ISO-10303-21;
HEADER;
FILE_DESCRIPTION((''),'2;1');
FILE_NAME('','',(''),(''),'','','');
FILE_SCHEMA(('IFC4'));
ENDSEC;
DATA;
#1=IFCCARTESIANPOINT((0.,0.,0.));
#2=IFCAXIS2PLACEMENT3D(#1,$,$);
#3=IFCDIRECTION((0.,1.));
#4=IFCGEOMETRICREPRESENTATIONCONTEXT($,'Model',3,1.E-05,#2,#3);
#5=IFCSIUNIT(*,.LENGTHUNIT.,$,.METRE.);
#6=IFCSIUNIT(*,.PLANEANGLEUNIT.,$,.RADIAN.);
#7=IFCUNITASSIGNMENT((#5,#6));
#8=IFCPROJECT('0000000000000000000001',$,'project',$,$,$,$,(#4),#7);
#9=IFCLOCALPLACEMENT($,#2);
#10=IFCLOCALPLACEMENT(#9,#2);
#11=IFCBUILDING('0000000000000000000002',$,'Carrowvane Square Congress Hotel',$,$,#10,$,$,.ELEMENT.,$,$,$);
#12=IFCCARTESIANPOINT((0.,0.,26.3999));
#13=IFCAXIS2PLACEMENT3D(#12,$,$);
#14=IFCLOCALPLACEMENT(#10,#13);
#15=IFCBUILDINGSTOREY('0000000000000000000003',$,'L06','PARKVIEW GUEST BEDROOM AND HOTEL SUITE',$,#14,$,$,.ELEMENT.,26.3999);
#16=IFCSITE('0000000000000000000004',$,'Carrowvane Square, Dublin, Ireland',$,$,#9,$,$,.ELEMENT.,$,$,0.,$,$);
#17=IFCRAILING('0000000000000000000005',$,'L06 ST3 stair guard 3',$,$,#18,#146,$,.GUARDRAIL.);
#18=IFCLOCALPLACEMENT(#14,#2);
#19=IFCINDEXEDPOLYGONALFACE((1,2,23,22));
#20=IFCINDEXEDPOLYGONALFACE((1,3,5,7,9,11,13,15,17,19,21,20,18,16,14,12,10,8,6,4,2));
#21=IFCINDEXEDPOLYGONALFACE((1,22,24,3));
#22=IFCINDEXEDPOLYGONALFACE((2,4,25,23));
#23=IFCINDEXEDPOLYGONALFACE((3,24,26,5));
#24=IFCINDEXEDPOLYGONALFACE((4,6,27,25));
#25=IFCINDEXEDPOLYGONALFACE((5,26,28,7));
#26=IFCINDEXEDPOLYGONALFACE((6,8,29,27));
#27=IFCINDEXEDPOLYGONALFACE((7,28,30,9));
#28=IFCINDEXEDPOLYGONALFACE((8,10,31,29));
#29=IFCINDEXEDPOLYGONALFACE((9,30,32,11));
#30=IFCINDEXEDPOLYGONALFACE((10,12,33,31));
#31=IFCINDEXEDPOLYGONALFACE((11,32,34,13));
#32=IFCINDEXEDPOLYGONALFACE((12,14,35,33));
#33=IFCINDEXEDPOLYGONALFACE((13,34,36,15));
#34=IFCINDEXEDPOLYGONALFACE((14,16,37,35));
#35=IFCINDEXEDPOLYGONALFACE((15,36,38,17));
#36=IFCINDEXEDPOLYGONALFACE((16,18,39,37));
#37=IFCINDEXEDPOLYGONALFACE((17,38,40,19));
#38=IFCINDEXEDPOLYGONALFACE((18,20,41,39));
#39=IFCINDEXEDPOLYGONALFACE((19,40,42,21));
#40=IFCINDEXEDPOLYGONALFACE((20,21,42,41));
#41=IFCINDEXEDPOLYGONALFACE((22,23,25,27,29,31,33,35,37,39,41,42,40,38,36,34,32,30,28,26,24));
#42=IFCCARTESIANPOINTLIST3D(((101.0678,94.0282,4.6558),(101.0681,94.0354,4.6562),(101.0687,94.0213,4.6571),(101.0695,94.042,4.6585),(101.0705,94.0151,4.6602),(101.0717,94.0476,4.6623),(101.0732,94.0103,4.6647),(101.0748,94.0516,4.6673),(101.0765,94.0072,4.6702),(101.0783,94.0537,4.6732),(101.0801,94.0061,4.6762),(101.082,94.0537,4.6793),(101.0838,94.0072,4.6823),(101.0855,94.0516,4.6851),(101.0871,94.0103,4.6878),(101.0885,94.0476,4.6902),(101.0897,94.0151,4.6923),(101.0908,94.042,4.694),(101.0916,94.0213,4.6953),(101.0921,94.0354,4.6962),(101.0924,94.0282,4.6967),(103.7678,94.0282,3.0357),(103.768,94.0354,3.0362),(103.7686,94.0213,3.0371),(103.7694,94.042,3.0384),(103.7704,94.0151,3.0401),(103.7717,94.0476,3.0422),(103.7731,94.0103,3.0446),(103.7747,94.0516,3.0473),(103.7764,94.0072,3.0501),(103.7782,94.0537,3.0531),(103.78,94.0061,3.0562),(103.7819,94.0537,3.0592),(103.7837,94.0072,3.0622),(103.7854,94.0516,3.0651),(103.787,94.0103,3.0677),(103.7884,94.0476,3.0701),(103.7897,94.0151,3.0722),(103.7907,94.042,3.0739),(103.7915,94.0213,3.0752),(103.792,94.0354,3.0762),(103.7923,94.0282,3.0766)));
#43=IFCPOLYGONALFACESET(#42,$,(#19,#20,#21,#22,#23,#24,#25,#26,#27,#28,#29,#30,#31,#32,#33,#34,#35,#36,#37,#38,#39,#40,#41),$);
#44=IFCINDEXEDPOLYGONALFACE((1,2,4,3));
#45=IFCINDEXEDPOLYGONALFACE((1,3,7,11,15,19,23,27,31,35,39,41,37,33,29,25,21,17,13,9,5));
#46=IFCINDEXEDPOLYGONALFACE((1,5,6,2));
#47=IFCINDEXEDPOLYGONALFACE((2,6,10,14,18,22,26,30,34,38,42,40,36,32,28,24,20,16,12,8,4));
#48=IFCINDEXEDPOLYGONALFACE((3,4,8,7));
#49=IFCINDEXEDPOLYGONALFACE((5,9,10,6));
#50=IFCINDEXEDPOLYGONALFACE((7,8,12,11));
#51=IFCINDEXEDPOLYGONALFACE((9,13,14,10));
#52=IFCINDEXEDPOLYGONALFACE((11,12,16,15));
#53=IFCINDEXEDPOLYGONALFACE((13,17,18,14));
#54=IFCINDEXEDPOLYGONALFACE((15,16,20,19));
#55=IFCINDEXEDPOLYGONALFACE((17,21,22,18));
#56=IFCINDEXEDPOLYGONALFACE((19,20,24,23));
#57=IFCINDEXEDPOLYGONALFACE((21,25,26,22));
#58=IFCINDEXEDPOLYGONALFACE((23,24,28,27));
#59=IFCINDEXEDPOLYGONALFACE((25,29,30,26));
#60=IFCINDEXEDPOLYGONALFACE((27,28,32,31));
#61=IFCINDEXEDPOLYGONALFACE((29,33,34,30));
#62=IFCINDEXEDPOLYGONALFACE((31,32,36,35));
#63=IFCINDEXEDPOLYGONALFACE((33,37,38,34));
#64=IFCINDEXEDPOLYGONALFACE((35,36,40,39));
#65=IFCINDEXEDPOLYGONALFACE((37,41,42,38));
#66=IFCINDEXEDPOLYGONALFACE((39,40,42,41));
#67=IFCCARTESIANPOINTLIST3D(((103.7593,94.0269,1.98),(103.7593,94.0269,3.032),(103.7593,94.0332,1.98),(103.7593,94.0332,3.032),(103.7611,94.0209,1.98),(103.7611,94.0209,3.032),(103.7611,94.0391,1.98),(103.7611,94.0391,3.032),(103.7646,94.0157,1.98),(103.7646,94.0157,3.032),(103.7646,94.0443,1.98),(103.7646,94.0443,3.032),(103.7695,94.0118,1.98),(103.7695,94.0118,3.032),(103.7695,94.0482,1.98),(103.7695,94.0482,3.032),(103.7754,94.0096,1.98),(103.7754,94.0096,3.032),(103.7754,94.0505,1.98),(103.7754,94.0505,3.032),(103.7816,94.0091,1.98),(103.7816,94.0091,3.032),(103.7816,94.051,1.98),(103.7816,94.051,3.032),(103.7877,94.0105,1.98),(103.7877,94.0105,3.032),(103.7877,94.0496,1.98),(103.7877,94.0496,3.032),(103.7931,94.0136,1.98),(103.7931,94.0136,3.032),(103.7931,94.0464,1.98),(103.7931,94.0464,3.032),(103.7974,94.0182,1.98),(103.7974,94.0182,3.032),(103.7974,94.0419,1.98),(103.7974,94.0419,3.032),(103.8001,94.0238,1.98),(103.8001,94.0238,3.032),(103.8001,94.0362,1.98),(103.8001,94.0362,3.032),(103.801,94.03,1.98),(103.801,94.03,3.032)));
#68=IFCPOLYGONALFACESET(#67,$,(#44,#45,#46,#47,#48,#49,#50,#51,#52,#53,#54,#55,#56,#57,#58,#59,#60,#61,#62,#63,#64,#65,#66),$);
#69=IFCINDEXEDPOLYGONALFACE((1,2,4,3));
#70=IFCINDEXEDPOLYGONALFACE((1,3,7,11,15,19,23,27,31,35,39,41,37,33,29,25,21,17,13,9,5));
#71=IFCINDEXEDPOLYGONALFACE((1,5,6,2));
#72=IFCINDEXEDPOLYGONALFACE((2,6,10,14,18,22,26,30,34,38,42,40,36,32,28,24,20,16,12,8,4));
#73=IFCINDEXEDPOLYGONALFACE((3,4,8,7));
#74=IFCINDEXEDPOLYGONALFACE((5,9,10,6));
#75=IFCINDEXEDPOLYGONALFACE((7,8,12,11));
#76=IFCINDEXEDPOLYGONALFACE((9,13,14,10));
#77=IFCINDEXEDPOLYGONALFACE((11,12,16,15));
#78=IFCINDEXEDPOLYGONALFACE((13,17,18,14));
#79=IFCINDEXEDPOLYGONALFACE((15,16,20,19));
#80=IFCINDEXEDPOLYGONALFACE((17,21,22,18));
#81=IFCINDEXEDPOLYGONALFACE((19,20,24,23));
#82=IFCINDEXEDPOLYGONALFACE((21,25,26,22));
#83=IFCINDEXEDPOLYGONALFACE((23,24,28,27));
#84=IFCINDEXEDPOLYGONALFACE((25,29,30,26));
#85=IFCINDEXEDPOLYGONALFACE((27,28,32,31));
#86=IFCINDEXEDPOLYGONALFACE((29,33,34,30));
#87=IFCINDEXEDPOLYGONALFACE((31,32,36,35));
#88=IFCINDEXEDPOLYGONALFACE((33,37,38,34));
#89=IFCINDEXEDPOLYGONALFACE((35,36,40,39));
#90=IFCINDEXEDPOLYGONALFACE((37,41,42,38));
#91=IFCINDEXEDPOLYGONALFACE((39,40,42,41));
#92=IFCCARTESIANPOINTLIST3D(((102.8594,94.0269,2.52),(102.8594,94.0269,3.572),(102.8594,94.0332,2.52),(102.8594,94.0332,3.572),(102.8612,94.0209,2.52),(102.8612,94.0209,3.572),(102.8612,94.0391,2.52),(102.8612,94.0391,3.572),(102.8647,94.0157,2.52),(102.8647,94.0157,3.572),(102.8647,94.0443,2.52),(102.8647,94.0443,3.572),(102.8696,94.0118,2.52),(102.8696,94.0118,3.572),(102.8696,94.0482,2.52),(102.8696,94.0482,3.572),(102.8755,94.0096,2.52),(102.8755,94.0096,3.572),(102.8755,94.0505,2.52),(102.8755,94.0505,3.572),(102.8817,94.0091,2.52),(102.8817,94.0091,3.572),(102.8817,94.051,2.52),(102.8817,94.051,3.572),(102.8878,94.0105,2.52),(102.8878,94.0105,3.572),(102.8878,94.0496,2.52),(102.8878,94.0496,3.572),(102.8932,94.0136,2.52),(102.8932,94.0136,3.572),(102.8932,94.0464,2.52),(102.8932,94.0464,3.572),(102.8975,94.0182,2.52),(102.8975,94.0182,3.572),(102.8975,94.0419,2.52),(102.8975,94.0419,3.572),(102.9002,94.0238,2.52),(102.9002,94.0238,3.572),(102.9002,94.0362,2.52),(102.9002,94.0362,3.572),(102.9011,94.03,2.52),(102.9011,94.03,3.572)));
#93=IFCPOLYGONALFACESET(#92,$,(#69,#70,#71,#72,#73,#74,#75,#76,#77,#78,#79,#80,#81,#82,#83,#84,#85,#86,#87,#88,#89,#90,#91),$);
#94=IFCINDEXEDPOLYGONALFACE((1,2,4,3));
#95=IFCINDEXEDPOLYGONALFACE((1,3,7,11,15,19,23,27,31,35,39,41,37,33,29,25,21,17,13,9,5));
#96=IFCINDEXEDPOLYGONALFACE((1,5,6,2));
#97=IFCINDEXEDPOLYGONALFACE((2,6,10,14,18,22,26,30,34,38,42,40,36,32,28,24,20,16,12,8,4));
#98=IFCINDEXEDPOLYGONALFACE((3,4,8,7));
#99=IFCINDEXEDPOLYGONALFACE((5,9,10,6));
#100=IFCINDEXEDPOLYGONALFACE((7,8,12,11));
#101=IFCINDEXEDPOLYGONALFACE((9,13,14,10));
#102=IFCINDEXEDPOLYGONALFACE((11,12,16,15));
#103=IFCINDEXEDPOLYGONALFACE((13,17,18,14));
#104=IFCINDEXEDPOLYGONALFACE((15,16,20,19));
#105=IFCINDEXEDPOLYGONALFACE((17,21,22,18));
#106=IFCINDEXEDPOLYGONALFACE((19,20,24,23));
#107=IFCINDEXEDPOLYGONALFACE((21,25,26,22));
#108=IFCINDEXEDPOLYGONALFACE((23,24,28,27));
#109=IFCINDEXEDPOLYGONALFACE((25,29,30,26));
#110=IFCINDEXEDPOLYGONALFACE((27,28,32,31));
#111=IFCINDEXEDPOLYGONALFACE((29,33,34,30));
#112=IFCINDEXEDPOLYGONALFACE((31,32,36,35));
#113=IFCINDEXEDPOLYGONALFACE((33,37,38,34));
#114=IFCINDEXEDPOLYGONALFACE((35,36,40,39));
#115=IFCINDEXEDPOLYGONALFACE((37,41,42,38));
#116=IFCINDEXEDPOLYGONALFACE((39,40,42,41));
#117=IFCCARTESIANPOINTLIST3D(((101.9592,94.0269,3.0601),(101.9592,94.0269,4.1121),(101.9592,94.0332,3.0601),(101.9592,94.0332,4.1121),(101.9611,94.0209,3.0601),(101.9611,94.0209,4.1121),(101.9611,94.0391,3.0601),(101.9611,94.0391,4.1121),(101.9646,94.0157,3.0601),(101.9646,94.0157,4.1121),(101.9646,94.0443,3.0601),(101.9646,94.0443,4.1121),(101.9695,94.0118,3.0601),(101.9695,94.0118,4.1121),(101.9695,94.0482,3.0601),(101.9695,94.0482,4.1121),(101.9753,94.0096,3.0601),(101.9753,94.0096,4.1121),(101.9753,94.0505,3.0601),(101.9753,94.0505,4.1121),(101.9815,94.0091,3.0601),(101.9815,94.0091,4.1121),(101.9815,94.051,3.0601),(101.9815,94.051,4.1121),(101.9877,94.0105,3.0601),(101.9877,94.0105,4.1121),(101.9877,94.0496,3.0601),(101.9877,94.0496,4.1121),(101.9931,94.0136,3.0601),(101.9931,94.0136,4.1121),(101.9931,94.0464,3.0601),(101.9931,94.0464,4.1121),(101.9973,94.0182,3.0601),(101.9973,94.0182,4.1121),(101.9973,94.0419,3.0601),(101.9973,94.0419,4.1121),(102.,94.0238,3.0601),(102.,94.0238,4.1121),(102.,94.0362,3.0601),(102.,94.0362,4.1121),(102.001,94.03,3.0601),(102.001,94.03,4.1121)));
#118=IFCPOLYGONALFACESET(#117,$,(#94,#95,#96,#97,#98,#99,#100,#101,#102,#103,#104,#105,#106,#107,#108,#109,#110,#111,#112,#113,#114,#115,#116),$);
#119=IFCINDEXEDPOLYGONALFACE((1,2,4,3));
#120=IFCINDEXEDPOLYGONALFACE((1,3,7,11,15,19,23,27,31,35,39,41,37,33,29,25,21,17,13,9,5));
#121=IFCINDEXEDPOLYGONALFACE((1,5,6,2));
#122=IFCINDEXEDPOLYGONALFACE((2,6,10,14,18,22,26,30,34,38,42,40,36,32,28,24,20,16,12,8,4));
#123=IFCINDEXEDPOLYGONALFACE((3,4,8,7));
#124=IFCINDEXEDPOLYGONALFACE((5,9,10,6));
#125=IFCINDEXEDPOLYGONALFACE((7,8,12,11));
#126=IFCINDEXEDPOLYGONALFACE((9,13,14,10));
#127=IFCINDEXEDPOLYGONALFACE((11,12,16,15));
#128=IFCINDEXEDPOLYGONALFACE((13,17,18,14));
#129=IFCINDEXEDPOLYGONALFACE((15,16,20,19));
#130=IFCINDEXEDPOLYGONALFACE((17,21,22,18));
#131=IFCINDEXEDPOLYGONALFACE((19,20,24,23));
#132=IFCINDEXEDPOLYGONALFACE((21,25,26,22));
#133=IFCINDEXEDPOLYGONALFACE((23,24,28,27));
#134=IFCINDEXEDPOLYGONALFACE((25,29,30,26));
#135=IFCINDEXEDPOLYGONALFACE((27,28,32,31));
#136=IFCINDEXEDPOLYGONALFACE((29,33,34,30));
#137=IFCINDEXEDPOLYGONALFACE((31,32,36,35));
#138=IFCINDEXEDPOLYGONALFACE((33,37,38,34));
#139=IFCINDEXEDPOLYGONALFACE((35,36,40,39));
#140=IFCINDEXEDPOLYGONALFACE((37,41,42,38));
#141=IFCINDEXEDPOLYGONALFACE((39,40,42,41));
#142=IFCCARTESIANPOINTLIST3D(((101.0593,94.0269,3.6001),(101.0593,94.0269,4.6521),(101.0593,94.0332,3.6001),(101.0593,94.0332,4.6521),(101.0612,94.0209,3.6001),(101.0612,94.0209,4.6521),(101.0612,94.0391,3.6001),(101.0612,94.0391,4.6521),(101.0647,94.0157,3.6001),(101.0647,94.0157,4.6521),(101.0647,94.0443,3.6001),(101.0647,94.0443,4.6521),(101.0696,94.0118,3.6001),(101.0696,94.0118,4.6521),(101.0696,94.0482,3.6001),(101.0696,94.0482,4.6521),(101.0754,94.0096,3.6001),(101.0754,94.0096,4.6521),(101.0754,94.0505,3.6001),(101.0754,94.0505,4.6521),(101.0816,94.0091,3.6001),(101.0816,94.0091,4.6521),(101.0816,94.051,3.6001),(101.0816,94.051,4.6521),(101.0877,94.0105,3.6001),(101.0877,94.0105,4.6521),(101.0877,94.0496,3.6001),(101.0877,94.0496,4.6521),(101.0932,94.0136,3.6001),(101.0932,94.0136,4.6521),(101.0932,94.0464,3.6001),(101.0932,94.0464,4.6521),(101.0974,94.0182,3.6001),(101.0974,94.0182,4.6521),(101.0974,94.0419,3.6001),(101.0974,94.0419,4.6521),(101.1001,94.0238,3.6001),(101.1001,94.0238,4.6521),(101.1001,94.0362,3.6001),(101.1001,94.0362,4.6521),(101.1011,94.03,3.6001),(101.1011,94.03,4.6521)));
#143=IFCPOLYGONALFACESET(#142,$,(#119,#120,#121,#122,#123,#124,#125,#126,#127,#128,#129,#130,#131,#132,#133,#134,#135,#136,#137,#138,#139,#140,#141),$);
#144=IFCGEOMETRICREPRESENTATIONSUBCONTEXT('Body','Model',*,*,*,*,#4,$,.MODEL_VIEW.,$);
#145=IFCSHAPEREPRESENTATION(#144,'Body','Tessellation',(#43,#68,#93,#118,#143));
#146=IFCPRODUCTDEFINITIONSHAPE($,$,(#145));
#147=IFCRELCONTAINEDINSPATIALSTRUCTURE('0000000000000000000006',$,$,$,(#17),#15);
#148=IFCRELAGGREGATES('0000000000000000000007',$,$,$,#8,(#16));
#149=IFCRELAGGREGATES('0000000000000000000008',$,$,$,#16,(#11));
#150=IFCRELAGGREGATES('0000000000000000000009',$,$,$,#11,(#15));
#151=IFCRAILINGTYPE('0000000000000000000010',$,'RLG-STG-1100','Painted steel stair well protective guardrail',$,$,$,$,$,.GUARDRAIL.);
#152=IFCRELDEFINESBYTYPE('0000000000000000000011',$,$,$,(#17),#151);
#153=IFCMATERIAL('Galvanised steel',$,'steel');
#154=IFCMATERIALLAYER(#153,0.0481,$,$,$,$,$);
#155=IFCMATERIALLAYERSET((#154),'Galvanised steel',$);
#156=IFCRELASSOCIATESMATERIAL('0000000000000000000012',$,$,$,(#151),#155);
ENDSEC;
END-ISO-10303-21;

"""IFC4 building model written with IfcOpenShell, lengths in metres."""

from ifc_helpers import new_model, si_unit, direction, frame, origin, origin_2d, place, context, subcontext, project, spatial, circle, extrude, material, layer, layer_set, type_object, element, save


model = new_model("IFC4")

# Units and contexts
model_context = context("Model", 3, precision=1e-05, world=origin(), true_north=direction((0.0, 1.0)))
body_context = subcontext(model_context, "Body", "Model", "MODEL_VIEW")
ifc_project = project(units=[si_unit("LENGTHUNIT", "METRE"), si_unit("PLANEANGLEUNIT", "RADIAN")], contexts=[model_context])

# Site, building, storey
site_placement = place(None, origin())
site = spatial("IfcSite", under=ifc_project, at=site_placement, Name="Carrowvane Square, Dublin, Ireland", CompositionType="ELEMENT", RefElevation=0.0)
building_placement = place(site_placement, origin())
building = spatial("IfcBuilding", under=site, at=building_placement, Name="Carrowvane Square Congress Hotel", CompositionType="ELEMENT")
storey_placement = place(building_placement, frame((0.0, 0.0, 26.3999)))
storey = spatial("IfcBuildingStorey", under=building, at=storey_placement, Name="L06", Description="PARKVIEW GUEST BEDROOM AND HOTEL SUITE", CompositionType="ELEMENT", Elevation=26.3999)

# Railing
ifc_material_1 = material(Name="Galvanised steel", Category="steel")
ifc_layer_1 = layer(ifc_material_1, 0.0481)
ifc_layer_set_1 = layer_set([ifc_layer_1], Name="Galvanised steel")
railing_type_1 = type_object("IfcRailingType", Name="RLG-STG-1100", Description="Painted steel stair well protective guardrail", PredefinedType="GUARDRAIL", material=ifc_layer_set_1)
railing_1_placement = place(storey_placement, frame((103.78, 94.03, 1.98)))
element("IfcRailing", 1, at=railing_1_placement, inside=storey, type_object=railing_type_1, Name="L06 ST3 stair guard 3", PredefinedType="GUARDRAIL", context=body_context, shape_type="SweptSolid", body=[
    extrude(circle(Radius=0.0239, at=origin_2d()), frame((0.0, 0.0, 1.0762), z_axis=(-0.857472, 0.0, 0.51453), x_axis=(0.0, -1.0, 0.0)), (0.0, 0.0, 1.0), 3.1487),
    extrude(circle(Radius=0.021, at=origin_2d()), origin(), (0.0, 0.0, 1.0), 1.052),
    extrude(circle(Radius=0.021, at=origin_2d()), frame((-0.8999, 0.0, 0.54)), (0.0, 0.0, 1.0), 1.052),
    extrude(circle(Radius=0.021, at=origin_2d()), frame((-1.8, 0.0, 1.0801)), (0.0, 0.0, 1.0), 1.052),
    extrude(circle(Radius=0.021, at=origin_2d()), frame((-2.7, 0.0, 1.6201)), (0.0, 0.0, 1.0), 1.052),
])

save(model, "model.ifc")
